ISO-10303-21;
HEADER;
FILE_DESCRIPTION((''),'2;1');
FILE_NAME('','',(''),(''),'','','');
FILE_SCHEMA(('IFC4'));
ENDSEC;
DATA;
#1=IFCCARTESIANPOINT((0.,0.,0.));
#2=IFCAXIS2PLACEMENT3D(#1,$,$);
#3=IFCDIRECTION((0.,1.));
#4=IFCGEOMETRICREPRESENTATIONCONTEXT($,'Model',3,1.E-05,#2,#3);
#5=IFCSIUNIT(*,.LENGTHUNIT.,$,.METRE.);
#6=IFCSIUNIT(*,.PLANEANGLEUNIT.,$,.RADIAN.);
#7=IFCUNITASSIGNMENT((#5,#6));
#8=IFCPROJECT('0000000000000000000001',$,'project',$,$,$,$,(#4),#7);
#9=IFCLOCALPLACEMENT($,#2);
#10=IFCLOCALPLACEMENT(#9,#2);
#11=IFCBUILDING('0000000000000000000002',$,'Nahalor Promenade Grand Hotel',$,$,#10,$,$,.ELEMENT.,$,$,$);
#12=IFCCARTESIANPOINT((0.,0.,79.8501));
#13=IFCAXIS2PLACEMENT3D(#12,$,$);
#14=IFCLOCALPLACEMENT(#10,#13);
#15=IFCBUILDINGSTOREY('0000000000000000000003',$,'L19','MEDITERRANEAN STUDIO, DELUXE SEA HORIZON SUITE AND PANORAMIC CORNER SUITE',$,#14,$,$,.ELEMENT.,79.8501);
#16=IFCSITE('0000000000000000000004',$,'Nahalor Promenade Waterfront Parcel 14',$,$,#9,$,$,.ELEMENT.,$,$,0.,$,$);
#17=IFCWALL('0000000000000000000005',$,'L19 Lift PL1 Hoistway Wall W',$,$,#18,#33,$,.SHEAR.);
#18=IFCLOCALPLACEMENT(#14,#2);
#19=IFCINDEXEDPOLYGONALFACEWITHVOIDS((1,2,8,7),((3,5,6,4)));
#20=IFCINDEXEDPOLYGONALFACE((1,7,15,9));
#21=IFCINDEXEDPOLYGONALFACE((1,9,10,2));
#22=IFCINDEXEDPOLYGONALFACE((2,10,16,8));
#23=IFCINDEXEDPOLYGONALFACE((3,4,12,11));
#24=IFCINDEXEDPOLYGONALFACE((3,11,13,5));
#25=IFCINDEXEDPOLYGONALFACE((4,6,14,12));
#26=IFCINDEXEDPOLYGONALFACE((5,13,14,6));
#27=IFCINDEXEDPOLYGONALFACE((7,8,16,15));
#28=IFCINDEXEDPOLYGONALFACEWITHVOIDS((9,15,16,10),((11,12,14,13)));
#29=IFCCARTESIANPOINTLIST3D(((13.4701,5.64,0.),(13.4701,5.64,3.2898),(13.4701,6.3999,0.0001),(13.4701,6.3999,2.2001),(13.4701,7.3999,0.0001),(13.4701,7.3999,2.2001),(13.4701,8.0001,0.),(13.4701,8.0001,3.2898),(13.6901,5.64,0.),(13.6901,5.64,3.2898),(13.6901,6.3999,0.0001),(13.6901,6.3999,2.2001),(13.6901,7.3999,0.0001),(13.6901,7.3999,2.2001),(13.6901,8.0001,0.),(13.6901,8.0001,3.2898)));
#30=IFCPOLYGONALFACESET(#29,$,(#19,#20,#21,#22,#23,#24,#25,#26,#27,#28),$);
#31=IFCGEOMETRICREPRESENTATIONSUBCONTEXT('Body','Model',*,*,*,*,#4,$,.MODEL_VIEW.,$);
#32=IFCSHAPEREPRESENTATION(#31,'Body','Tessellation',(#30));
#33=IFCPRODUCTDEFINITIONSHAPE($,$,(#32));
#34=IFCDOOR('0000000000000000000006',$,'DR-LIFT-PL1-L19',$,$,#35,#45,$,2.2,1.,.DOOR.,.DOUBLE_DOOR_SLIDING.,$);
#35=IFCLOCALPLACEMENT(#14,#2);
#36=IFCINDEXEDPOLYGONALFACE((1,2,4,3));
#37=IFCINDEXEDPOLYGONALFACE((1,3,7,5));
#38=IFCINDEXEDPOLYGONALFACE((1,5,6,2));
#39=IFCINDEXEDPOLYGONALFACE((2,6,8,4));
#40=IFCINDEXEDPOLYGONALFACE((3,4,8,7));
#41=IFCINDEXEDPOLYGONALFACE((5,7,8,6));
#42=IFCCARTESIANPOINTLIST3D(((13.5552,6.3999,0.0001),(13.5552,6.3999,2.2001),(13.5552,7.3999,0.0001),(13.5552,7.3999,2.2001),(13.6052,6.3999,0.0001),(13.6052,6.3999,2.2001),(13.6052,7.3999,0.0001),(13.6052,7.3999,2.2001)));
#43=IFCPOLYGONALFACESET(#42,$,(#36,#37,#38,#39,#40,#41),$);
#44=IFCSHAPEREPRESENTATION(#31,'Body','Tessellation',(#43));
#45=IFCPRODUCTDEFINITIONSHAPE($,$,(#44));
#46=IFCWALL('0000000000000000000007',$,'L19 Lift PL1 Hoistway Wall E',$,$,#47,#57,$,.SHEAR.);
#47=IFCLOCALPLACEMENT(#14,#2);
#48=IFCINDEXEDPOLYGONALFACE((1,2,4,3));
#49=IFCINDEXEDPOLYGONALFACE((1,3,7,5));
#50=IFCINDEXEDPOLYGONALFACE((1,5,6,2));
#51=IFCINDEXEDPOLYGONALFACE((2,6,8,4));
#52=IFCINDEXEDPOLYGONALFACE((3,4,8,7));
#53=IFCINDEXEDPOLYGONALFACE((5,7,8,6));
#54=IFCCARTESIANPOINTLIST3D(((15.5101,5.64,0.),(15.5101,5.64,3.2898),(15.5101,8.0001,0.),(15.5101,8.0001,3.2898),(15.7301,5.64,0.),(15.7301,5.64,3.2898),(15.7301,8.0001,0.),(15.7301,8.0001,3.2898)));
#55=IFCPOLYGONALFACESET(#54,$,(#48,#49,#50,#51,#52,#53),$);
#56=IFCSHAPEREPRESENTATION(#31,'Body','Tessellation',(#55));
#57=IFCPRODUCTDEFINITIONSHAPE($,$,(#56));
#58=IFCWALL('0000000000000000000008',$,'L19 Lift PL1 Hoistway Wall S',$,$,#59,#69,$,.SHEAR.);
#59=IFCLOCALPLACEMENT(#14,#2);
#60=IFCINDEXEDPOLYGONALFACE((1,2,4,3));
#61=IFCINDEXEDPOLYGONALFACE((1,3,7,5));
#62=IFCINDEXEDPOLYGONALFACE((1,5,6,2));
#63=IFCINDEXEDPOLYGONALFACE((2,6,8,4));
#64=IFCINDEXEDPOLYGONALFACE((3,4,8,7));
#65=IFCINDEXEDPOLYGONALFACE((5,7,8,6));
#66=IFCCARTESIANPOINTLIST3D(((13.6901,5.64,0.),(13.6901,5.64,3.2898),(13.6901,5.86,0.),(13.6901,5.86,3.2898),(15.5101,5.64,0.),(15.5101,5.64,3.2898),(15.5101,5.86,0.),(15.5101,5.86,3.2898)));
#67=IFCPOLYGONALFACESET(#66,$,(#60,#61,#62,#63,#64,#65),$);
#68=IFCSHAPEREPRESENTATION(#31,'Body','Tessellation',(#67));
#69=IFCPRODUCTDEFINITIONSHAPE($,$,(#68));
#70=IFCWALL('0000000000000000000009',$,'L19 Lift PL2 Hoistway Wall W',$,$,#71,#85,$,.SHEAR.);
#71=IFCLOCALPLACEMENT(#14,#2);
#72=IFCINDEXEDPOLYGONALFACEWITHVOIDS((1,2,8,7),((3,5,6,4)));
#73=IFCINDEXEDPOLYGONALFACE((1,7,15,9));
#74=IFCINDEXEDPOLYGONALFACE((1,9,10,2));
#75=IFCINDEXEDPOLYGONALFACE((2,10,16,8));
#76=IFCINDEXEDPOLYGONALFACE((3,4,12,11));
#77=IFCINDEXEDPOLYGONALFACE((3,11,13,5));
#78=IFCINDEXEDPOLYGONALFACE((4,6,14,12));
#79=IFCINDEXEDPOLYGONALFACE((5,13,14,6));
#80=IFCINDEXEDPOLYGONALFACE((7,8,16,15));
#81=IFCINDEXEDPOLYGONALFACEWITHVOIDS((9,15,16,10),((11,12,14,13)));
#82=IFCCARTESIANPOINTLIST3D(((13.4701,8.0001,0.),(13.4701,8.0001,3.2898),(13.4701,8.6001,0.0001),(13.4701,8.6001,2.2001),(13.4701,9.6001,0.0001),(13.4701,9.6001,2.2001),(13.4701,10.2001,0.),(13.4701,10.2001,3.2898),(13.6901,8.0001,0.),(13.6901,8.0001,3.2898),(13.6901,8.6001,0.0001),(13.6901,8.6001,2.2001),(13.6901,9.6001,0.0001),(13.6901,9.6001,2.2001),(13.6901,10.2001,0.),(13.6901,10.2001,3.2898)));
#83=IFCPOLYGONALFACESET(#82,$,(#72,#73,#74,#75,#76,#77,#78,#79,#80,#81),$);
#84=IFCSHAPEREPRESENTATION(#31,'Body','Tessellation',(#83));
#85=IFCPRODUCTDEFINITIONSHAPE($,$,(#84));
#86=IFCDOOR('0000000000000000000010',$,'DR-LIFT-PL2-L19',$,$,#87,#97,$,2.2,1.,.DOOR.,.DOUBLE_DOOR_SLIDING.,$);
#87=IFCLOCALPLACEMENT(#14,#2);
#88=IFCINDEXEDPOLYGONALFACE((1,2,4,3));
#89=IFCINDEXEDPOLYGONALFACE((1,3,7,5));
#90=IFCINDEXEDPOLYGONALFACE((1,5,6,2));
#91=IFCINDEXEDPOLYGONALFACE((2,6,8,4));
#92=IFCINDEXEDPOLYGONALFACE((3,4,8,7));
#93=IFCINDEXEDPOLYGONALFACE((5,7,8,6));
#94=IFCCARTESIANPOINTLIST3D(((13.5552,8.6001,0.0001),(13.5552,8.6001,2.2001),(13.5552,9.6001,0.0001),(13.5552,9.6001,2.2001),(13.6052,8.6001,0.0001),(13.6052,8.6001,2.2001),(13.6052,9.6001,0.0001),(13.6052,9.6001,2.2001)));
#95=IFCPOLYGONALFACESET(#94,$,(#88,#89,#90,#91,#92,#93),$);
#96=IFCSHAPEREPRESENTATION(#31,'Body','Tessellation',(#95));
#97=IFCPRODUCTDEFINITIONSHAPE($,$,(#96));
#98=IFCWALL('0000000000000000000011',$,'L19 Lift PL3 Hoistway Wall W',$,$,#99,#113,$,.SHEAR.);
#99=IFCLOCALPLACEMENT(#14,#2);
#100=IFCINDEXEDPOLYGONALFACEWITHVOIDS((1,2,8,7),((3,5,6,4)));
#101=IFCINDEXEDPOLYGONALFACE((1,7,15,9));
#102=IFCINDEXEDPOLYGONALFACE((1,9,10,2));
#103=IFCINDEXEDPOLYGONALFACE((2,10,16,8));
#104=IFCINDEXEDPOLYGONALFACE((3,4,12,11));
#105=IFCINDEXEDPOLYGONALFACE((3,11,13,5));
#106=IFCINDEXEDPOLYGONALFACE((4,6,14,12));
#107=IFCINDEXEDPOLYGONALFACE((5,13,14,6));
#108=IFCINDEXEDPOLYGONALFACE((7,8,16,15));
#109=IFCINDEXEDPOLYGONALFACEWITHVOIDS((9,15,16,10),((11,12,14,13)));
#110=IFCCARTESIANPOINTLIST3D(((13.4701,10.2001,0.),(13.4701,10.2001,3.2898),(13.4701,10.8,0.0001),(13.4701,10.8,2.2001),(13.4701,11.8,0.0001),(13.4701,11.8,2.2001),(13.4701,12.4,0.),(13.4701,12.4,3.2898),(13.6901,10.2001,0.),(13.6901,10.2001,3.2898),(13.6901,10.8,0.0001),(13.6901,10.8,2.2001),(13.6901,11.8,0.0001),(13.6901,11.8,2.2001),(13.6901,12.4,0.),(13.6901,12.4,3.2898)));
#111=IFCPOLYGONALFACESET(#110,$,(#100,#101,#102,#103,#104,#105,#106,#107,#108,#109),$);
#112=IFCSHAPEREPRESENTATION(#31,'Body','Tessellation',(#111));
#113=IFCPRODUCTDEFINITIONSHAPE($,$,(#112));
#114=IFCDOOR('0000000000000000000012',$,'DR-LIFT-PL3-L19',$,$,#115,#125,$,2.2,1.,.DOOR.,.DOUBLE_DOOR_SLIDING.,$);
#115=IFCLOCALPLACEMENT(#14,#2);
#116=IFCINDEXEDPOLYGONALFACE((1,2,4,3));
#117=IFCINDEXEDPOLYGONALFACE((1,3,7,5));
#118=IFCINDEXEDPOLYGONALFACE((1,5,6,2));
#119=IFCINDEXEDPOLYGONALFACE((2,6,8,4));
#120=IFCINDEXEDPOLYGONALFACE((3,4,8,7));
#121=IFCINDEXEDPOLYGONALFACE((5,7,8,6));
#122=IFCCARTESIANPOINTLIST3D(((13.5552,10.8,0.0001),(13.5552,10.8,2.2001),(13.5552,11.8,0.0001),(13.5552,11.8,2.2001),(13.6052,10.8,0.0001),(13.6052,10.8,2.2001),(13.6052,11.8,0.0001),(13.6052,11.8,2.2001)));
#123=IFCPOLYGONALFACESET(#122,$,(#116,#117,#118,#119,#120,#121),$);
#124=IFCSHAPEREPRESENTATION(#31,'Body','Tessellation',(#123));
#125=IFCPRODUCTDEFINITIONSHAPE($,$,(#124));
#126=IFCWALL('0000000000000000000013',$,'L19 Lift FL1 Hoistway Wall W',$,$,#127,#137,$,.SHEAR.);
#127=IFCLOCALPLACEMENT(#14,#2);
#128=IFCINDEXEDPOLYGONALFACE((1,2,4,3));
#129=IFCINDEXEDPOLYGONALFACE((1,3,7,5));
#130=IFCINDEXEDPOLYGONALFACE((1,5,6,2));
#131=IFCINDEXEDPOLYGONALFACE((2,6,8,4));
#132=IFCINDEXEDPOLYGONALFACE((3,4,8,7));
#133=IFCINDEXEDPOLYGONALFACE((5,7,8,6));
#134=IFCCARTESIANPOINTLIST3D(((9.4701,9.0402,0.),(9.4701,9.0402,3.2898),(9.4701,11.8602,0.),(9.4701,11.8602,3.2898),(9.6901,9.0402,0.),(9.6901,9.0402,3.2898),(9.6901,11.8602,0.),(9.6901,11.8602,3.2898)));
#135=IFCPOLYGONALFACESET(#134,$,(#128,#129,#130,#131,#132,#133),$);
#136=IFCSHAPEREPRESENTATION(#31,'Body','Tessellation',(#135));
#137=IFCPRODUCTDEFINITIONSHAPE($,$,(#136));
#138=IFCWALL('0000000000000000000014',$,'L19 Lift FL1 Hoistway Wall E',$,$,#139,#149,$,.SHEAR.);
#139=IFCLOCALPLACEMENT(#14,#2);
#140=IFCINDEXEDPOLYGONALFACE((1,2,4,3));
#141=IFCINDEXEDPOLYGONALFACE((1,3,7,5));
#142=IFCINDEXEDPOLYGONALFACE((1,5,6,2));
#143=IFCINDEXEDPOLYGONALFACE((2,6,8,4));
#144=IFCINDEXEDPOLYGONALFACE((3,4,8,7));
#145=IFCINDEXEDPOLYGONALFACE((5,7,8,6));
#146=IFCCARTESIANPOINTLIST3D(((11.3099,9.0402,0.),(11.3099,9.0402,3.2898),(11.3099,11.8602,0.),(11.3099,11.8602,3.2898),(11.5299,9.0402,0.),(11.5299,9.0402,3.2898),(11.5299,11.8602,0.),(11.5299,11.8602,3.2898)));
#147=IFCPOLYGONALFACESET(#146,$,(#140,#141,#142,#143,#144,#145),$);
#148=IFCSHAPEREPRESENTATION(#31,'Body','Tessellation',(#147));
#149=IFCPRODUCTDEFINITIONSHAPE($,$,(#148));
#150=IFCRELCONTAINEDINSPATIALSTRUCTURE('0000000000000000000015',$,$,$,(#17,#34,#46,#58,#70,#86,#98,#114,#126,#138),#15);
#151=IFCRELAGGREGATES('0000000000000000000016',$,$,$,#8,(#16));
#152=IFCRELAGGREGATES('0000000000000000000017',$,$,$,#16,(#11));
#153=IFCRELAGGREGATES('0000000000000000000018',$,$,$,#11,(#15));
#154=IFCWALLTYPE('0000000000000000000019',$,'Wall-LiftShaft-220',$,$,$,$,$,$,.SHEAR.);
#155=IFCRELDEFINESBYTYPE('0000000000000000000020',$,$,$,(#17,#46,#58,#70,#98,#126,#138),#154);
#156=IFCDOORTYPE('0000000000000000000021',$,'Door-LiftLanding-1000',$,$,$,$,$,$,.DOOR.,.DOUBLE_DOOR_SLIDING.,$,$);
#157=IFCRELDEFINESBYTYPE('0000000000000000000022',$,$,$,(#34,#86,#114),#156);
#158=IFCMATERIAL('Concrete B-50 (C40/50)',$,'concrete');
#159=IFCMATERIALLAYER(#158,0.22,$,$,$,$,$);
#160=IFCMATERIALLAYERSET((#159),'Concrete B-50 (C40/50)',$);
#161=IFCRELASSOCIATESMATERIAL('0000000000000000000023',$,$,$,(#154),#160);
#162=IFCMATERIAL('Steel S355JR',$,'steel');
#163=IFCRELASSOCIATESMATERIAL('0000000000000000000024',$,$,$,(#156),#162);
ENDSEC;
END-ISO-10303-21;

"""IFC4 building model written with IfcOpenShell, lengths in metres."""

from ifc_helpers import new_model, si_unit, direction, frame, frame_2d, origin, place, context, subcontext, project, spatial, rectangle, extrude, source, transform, mapped, material, layer, layer_set, type_object, element, fill, save


model = new_model("IFC4")

# Units and contexts
model_context = context("Model", 3, precision=1e-05, world=origin(), true_north=direction((0.0, 1.0)))
body_context = subcontext(model_context, "Body", "Model", "MODEL_VIEW")
ifc_project = project(units=[si_unit("LENGTHUNIT", "METRE"), si_unit("PLANEANGLEUNIT", "RADIAN")], contexts=[model_context])

# Site, building, storey
site_placement = place(None, origin())
site = spatial("IfcSite", under=ifc_project, at=site_placement, Name="Nahalor Promenade Waterfront Parcel 14", CompositionType="ELEMENT", RefElevation=0.0)
building_placement = place(site_placement, origin())
building = spatial("IfcBuilding", under=site, at=building_placement, Name="Nahalor Promenade Grand Hotel", CompositionType="ELEMENT")
storey_placement = place(building_placement, frame((0.0, 0.0, 79.8501)))
storey = spatial("IfcBuildingStorey", under=building, at=storey_placement, Name="L19", Description="MEDITERRANEAN STUDIO, DELUXE SEA HORIZON SUITE AND PANORAMIC CORNER SUITE", CompositionType="ELEMENT", Elevation=79.8501)

# Shared definitions
ifc_material_1 = material(Name="Steel S355JR", Category="steel")

# Shared definitions
ifc_material_2 = material(Name="Concrete B-50 (C40/50)", Category="concrete")

# Shared definitions
ifc_layer_1 = layer(ifc_material_2, 0.22)
ifc_layer_set_1 = layer_set([ifc_layer_1], Name="Concrete B-50 (C40/50)")
wall_type_1 = type_object("IfcWallType", Name="Wall-LiftShaft-220", PredefinedType="SHEAR", material=ifc_layer_set_1)

# Wall, opening, door
shared_shape_1 = source(origin(), body_context, "Body", "SweptSolid", [
    extrude(rectangle(XDim=2.3601, YDim=0.22, at=frame_2d((1.1802, 0.0))), origin(), (0.0, 0.0, 1.0), 3.2898),
])
wall_1_placement = place(storey_placement, frame((13.5801, 5.6399, 0.0), z_axis=(0.0, 0.0, 1.0), x_axis=(0.0, 1.0, 0.0)))
wall_1 = element("IfcWall", 1, at=wall_1_placement, inside=storey, type_object=wall_type_1, Name="L19 Lift PL1 Hoistway Wall W", PredefinedType="SHEAR", context=body_context, shape_type="MappedRepresentation", body=[
    mapped(shared_shape_1, transform((0.0, 0.0, 0.0), scale=1.0)),
])
opening_1_placement = place(wall_1_placement, frame((0.76, 0.0, 0.0)))
opening_1 = element("IfcOpeningElement", 2, at=opening_1_placement, cuts=wall_1, PredefinedType="OPENING", context=body_context, shape_type="SweptSolid", body=[
    extrude(rectangle(XDim=1.0, YDim=2.2, at=frame_2d((0.5, 1.1001))), frame((0.0, 0.1199, 0.0), z_axis=(0.0, -1.0, 0.0), x_axis=(1.0, 0.0, 0.0)), (0.0, 0.0, 1.0), 0.24),
])
door_type_1 = type_object("IfcDoorType", Name="Door-LiftLanding-1000", OperationType="DOUBLE_DOOR_SLIDING", PredefinedType="DOOR", material=ifc_material_1)
shared_shape_2 = source(origin(), body_context, "Body", "SweptSolid", [
    extrude(rectangle(XDim=1.0, YDim=2.2, at=frame_2d((0.5, 1.1001))), frame((0.0, 0.0249, 0.0), z_axis=(0.0, -1.0, 0.0), x_axis=(1.0, 0.0, 0.0)), (0.0, 0.0, 1.0), 0.05),
])
door_1_placement = place(opening_1_placement, origin())
door_1 = element("IfcDoor", 3, at=door_1_placement, inside=storey, type_object=door_type_1, Name="DR-LIFT-PL1-L19", OperationType="DOUBLE_DOOR_SLIDING", OverallHeight=2.2, OverallWidth=1.0, PredefinedType="DOOR", context=body_context, shape_type="MappedRepresentation", body=[
    mapped(shared_shape_2, transform((0.0, 0.0, 0.0), scale=1.0)),
])
fill(opening_1, door_1)

# Walls
wall_2_placement = place(storey_placement, frame((15.6201, 5.6399, 0.0), z_axis=(0.0, 0.0, 1.0), x_axis=(0.0, 1.0, 0.0)))
element("IfcWall", 4, at=wall_2_placement, inside=storey, type_object=wall_type_1, Name="L19 Lift PL1 Hoistway Wall E", PredefinedType="SHEAR", context=body_context, shape_type="MappedRepresentation", body=[
    mapped(shared_shape_1, transform((0.0, 0.0, 0.0), scale=1.0)),
])
shared_shape_3 = source(origin(), body_context, "Body", "SweptSolid", [
    extrude(rectangle(XDim=1.8201, YDim=0.22, at=frame_2d((0.9102, 0.0))), origin(), (0.0, 0.0, 1.0), 3.2898),
])
wall_3_placement = place(storey_placement, frame((13.6899, 5.75, 0.0), z_axis=(0.0, 0.0, 1.0), x_axis=(1.0, 0.0, 0.0)))
element("IfcWall", 5, at=wall_3_placement, inside=storey, type_object=wall_type_1, Name="L19 Lift PL1 Hoistway Wall S", PredefinedType="SHEAR", context=body_context, shape_type="MappedRepresentation", body=[
    mapped(shared_shape_3, transform((0.0, 0.0, 0.0), scale=1.0)),
])

# Walls, openings, doors
shared_shape_4 = source(origin(), body_context, "Body", "SweptSolid", [
    extrude(rectangle(XDim=2.2, YDim=0.22, at=frame_2d((1.1001, 0.0))), origin(), (0.0, 0.0, 1.0), 3.2898),
])
wall_4_placement = place(storey_placement, frame((13.5801, 8.0, 0.0), z_axis=(0.0, 0.0, 1.0), x_axis=(0.0, 1.0, 0.0)))
wall_4 = element("IfcWall", 6, at=wall_4_placement, inside=storey, type_object=wall_type_1, Name="L19 Lift PL2 Hoistway Wall W", PredefinedType="SHEAR", context=body_context, shape_type="MappedRepresentation", body=[
    mapped(shared_shape_4, transform((0.0, 0.0, 0.0), scale=1.0)),
])
opening_2_placement = place(wall_4_placement, frame((0.6001, 0.0, 0.0)))
opening_2 = element("IfcOpeningElement", 7, at=opening_2_placement, cuts=wall_4, PredefinedType="OPENING", context=body_context, shape_type="SweptSolid", body=[
    extrude(rectangle(XDim=1.0, YDim=2.2, at=frame_2d((0.5, 1.1001))), frame((0.0, 0.1199, 0.0), z_axis=(0.0, -1.0, 0.0), x_axis=(1.0, 0.0, 0.0)), (0.0, 0.0, 1.0), 0.24),
])
door_2_placement = place(opening_2_placement, origin())
door_2 = element("IfcDoor", 8, at=door_2_placement, inside=storey, type_object=door_type_1, Name="DR-LIFT-PL2-L19", OperationType="DOUBLE_DOOR_SLIDING", OverallHeight=2.2, OverallWidth=1.0, PredefinedType="DOOR", context=body_context, shape_type="MappedRepresentation", body=[
    mapped(shared_shape_2, transform((0.0, 0.0, 0.0), scale=1.0)),
])
fill(opening_2, door_2)
wall_5_placement = place(storey_placement, frame((13.5801, 10.2, 0.0), z_axis=(0.0, 0.0, 1.0), x_axis=(0.0, 1.0, 0.0)))
wall_5 = element("IfcWall", 9, at=wall_5_placement, inside=storey, type_object=wall_type_1, Name="L19 Lift PL3 Hoistway Wall W", PredefinedType="SHEAR", context=body_context, shape_type="MappedRepresentation", body=[
    mapped(shared_shape_4, transform((0.0, 0.0, 0.0), scale=1.0)),
])
opening_3_placement = place(wall_5_placement, frame((0.6001, 0.0, 0.0)))
opening_3 = element("IfcOpeningElement", 10, at=opening_3_placement, cuts=wall_5, PredefinedType="OPENING", context=body_context, shape_type="SweptSolid", body=[
    extrude(rectangle(XDim=1.0, YDim=2.2, at=frame_2d((0.5, 1.1001))), frame((0.0, 0.1199, 0.0), z_axis=(0.0, -1.0, 0.0), x_axis=(1.0, 0.0, 0.0)), (0.0, 0.0, 1.0), 0.24),
])
door_3_placement = place(opening_3_placement, origin())
door_3 = element("IfcDoor", 11, at=door_3_placement, inside=storey, type_object=door_type_1, Name="DR-LIFT-PL3-L19", OperationType="DOUBLE_DOOR_SLIDING", OverallHeight=2.2, OverallWidth=1.0, PredefinedType="DOOR", context=body_context, shape_type="MappedRepresentation", body=[
    mapped(shared_shape_2, transform((0.0, 0.0, 0.0), scale=1.0)),
])
fill(opening_3, door_3)

# Walls
shared_shape_5 = source(origin(), body_context, "Body", "SweptSolid", [
    extrude(rectangle(XDim=2.8201, YDim=0.22, at=frame_2d((1.4102, 0.0))), origin(), (0.0, 0.0, 1.0), 3.2898),
])
for number, where, z_axis, x_axis, name in (
    (12, (9.5801, 9.04, 0.0), (0.0, 0.0, 1.0), (0.0, 1.0, 0.0), "L19 Lift FL1 Hoistway Wall W"),
    (13, (11.4199, 9.04, 0.0), (0.0, 0.0, 1.0), (0.0, 1.0, 0.0), "L19 Lift FL1 Hoistway Wall E"),
):
    element("IfcWall", number, at=place(storey_placement, frame(where, z_axis=z_axis, x_axis=x_axis)), inside=storey, type_object=wall_type_1, Name=name, PredefinedType="SHEAR", context=body_context, shape_type="MappedRepresentation", body=[
        mapped(shared_shape_5, transform((0.0, 0.0, 0.0), scale=1.0)),
    ])

save(model, "model.ifc")
